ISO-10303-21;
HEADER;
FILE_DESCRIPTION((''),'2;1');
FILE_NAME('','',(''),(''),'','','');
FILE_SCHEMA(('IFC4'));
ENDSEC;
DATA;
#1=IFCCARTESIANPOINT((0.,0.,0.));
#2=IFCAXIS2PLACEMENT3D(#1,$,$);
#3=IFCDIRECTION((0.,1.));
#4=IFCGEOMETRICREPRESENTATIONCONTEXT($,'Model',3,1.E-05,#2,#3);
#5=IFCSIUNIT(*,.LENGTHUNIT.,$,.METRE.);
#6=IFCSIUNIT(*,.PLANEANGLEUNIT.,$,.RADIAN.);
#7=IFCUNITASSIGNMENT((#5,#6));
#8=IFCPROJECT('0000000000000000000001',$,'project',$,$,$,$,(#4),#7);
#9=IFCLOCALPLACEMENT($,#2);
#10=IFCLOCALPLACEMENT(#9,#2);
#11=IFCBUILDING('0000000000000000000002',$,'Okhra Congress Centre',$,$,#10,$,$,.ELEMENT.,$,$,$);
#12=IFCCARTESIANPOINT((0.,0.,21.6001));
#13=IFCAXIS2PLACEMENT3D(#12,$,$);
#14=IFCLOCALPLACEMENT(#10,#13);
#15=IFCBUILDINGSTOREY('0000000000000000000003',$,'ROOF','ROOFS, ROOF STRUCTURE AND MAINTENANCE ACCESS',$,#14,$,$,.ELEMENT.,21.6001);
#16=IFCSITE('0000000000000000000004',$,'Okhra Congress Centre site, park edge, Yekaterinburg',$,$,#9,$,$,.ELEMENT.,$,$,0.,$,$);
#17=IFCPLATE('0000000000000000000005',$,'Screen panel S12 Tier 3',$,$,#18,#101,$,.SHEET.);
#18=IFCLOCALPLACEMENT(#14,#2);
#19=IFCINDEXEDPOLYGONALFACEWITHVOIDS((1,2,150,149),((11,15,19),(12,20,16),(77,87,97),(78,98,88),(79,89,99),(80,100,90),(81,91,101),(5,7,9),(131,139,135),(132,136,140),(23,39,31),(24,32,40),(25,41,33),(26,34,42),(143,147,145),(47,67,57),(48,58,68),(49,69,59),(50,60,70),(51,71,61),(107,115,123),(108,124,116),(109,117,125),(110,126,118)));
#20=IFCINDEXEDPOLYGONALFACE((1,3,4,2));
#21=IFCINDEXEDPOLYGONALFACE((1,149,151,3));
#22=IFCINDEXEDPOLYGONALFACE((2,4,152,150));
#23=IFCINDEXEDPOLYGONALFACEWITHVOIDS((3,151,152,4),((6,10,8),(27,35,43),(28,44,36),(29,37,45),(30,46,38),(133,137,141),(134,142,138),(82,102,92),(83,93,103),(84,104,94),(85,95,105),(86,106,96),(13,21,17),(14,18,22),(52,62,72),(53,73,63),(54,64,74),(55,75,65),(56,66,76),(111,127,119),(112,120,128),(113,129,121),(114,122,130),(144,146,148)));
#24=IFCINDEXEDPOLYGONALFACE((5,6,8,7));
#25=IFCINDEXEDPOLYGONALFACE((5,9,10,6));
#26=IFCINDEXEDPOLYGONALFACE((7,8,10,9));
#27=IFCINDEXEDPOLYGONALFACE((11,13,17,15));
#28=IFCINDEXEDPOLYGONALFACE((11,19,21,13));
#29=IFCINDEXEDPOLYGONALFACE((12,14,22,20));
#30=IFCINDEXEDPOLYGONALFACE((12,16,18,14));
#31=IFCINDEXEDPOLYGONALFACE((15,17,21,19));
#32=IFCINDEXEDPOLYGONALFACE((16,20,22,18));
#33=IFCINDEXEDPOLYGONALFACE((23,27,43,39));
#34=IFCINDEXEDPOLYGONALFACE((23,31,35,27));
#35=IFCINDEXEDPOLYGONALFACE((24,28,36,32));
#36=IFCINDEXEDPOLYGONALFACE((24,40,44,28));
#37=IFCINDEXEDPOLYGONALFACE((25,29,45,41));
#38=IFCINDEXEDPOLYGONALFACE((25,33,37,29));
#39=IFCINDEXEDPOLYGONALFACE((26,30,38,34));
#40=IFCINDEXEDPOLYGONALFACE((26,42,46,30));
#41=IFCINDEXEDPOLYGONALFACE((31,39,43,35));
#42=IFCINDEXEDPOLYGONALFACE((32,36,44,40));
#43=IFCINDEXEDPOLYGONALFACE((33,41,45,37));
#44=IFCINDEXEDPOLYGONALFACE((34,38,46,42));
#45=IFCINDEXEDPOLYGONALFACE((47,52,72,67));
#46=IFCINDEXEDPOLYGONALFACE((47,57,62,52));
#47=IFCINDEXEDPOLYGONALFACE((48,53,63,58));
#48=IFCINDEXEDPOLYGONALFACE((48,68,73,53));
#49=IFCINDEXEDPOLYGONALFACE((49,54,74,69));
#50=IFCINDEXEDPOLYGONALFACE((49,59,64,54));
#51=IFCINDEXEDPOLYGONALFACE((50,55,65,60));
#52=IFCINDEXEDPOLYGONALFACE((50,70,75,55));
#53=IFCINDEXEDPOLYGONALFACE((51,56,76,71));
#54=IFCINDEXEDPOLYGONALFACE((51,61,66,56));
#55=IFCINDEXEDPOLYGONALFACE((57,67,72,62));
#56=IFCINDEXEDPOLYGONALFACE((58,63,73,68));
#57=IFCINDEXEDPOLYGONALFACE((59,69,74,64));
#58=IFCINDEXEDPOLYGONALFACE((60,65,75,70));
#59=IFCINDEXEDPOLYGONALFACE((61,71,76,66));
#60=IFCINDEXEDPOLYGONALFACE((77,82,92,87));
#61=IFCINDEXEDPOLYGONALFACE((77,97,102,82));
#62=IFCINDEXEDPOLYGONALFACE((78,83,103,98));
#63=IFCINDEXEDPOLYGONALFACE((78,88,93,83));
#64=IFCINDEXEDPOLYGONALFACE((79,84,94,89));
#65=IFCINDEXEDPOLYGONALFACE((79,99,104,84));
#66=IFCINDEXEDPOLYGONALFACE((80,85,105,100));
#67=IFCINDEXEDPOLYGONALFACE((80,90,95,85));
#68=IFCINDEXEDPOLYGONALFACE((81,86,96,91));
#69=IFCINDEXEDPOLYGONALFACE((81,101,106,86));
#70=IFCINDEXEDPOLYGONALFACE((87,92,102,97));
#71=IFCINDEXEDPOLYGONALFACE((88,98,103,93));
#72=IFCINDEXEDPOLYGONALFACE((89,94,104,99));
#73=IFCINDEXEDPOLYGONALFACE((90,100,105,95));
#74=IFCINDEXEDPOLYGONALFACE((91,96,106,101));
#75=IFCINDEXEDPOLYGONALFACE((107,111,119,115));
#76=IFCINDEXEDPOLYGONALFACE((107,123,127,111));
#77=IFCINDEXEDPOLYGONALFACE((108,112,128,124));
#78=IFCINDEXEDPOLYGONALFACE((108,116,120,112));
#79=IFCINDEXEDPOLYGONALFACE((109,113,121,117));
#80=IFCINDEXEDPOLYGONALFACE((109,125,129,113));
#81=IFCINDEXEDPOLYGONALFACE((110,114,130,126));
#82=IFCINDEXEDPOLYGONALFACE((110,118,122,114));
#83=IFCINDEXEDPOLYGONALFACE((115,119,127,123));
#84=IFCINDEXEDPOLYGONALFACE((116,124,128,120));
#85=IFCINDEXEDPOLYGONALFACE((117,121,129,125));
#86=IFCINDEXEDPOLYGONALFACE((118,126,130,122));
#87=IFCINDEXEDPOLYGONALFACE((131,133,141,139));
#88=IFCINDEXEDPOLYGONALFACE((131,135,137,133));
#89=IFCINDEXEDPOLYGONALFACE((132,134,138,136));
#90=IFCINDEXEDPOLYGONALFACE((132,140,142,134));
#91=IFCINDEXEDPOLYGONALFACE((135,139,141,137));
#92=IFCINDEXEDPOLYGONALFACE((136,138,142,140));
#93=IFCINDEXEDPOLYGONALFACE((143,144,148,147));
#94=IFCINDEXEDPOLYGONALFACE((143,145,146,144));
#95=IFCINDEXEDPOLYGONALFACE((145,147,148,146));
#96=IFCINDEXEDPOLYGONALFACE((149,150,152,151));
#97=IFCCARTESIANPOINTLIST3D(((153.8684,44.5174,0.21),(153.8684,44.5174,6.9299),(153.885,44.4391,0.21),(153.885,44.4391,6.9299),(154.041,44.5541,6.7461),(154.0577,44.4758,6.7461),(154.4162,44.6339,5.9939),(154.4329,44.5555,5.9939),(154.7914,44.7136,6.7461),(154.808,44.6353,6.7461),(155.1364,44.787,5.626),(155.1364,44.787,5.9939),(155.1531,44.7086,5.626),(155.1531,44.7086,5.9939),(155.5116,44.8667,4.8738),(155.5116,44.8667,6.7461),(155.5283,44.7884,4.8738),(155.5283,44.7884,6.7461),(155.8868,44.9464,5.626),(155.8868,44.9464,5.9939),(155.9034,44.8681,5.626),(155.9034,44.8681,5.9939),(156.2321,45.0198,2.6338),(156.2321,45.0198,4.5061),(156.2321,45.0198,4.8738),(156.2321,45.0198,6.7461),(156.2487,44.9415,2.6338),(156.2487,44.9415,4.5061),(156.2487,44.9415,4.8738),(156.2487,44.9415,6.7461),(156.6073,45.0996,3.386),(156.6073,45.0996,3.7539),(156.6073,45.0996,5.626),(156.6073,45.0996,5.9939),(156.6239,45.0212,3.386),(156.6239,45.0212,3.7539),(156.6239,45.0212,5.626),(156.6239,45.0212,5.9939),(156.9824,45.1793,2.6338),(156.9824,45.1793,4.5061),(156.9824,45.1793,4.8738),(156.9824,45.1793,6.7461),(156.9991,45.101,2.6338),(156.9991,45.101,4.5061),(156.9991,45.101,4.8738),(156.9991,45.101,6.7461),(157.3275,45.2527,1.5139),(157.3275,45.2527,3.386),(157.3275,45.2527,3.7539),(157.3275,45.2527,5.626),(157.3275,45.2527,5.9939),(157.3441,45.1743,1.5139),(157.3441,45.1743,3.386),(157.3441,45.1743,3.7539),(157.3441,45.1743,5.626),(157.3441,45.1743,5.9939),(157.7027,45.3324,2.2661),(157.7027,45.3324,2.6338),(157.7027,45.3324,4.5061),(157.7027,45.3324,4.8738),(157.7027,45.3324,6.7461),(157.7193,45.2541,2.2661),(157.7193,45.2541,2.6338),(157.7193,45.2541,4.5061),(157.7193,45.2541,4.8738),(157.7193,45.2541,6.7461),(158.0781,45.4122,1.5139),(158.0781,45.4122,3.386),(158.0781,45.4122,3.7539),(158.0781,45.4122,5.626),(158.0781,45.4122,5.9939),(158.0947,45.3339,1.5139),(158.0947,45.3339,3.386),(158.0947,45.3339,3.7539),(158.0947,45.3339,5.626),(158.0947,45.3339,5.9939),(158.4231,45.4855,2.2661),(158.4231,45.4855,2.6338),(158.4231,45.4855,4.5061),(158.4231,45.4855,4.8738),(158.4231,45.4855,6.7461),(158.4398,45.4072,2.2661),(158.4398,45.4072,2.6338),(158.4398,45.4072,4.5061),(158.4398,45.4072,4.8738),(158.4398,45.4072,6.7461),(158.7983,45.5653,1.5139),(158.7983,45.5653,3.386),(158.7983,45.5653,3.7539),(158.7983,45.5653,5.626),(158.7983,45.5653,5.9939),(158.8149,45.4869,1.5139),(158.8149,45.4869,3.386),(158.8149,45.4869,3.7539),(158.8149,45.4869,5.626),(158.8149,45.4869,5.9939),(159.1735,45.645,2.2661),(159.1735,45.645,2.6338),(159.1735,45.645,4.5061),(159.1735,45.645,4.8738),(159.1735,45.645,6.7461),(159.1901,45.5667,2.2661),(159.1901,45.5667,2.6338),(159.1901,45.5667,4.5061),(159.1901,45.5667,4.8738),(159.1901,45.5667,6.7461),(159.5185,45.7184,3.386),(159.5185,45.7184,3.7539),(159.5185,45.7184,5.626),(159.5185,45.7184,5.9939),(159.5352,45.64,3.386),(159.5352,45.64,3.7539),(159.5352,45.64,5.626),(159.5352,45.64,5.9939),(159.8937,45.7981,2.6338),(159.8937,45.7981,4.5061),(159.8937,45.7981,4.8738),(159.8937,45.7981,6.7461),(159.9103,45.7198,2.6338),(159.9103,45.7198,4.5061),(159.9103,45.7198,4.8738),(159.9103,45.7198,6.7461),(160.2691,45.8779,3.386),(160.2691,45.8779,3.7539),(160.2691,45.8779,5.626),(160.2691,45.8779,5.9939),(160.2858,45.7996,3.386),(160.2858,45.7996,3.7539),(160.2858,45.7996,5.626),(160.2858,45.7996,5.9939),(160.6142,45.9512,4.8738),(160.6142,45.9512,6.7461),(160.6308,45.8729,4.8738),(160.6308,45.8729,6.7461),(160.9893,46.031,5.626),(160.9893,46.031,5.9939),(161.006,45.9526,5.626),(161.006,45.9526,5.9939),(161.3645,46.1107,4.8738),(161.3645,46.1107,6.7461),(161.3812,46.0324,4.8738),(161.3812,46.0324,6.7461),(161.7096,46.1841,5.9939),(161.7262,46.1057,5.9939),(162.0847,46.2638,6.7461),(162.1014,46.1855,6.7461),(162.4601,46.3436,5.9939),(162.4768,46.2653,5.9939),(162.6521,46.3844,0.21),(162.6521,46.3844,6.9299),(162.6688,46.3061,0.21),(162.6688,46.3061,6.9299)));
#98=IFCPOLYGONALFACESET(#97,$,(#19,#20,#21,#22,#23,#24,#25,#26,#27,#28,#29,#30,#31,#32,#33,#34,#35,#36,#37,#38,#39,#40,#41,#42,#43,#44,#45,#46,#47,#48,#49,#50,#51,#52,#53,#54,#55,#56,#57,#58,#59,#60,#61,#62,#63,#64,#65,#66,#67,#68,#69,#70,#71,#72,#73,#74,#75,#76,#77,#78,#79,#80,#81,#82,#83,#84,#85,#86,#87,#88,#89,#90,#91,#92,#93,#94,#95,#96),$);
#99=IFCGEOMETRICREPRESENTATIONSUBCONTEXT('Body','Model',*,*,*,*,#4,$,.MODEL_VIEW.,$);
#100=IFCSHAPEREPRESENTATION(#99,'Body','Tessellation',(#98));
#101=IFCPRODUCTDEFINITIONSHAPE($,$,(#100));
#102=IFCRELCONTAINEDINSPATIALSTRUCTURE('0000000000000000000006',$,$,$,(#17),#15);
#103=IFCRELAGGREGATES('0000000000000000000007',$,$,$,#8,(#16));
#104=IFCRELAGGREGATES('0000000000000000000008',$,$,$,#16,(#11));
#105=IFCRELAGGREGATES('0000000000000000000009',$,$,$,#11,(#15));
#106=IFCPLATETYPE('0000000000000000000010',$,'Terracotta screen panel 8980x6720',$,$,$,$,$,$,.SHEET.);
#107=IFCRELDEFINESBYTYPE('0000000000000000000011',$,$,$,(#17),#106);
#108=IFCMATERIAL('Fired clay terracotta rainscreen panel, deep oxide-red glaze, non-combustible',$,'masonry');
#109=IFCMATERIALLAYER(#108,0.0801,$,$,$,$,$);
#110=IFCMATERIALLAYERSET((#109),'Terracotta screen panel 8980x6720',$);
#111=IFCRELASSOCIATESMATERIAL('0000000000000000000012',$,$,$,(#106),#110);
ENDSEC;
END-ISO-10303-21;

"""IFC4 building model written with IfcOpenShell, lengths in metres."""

from ifc_helpers import new_model, si_unit, direction, frame, origin, place, context, subcontext, project, spatial, polyline, outline, extrude, material, layer, layer_set, type_object, element, save


model = new_model("IFC4")

# Units and contexts
model_context = context("Model", 3, precision=1e-05, world=origin(), true_north=direction((0.0, 1.0)))
body_context = subcontext(model_context, "Body", "Model", "MODEL_VIEW")
ifc_project = project(units=[si_unit("LENGTHUNIT", "METRE"), si_unit("PLANEANGLEUNIT", "RADIAN")], contexts=[model_context])

# Site, building, storey
site_placement = place(None, origin())
site = spatial("IfcSite", under=ifc_project, at=site_placement, Name="Okhra Congress Centre site, park edge, Yekaterinburg", CompositionType="ELEMENT", RefElevation=0.0)
building_placement = place(site_placement, origin())
building = spatial("IfcBuilding", under=site, at=building_placement, Name="Okhra Congress Centre", CompositionType="ELEMENT")
storey_placement = place(building_placement, frame((0.0, 0.0, 21.6001)))
storey = spatial("IfcBuildingStorey", under=building, at=storey_placement, Name="ROOF", Description="ROOFS, ROOF STRUCTURE AND MAINTENANCE ACCESS", CompositionType="ELEMENT", Elevation=21.6001)

# Plate
ifc_material_1 = material(Name="Fired clay terracotta rainscreen panel, deep oxide-red glaze, non-combustible", Category="masonry")
ifc_layer_1 = layer(ifc_material_1, 0.0801)
ifc_layer_set_1 = layer_set([ifc_layer_1], Name="Terracotta screen panel 8980x6720")
plate_type_1 = type_object("IfcPlateType", Name="Terracotta screen panel 8980x6720", PredefinedType="SHEET", material=ifc_layer_set_1)
plate_1_placement = place(storey_placement, frame((153.8767, 44.4783, 0.21), z_axis=(0.0, 0.0, 1.0), x_axis=(0.97815, 0.207902, 0.0)))
element("IfcPlate", 1, at=plate_1_placement, inside=storey, type_object=plate_type_1, Name="Screen panel S12 Tier 3", PredefinedType="SHEET", context=body_context, shape_type="SweptSolid", body=[
    extrude(outline(polyline([(0.0, 0.0), (8.98, 0.0), (8.98, 6.72), (0.0, 6.72), (0.0, 0.0)]), holes=[polyline([(3.5364, 1.304), (4.3037, 1.304), (3.9199, 2.0562), (3.5364, 1.304)]), polyline([(4.6565, 2.0562), (5.04, 1.304), (5.4236, 2.0562), (4.6565, 2.0562)]), polyline([(2.4165, 2.4238), (3.1836, 2.4238), (2.8, 3.176), (2.4165, 2.4238)]), polyline([(3.5364, 3.176), (3.9199, 2.4238), (4.3037, 3.176), (3.5364, 3.176)]), polyline([(4.6565, 2.4238), (5.4236, 2.4238), (5.04, 3.176), (4.6565, 2.4238)]), polyline([(5.7764, 3.176), (6.1599, 2.4238), (6.5437, 3.176), (5.7764, 3.176)]), polyline([(2.4165, 4.2961), (2.8, 3.5439), (3.1836, 4.2961), (2.4165, 4.2961)]), polyline([(3.5364, 3.5439), (4.3037, 3.5439), (3.9199, 4.2961), (3.5364, 3.5439)]), polyline([(4.6565, 4.2961), (5.04, 3.5439), (5.4236, 4.2961), (4.6565, 4.2961)]), polyline([(5.7764, 3.5439), (6.5437, 3.5439), (6.1599, 4.2961), (5.7764, 3.5439)]), polyline([(1.2964, 5.416), (1.6799, 4.6638), (2.0635, 5.416), (1.2964, 5.416)]), polyline([(2.4165, 4.6638), (3.1836, 4.6638), (2.8, 5.416), (2.4165, 4.6638)]), polyline([(3.5364, 5.416), (3.9199, 4.6638), (4.3037, 5.416), (3.5364, 5.416)]), polyline([(4.6565, 4.6638), (5.4236, 4.6638), (5.04, 5.416), (4.6565, 4.6638)]), polyline([(5.7764, 5.416), (6.1599, 4.6638), (6.5437, 5.416), (5.7764, 5.416)]), polyline([(6.8965, 4.6638), (7.6636, 4.6638), (7.28, 5.416), (6.8965, 4.6638)]), polyline([(0.1765, 6.5361), (0.5601, 5.7839), (0.9436, 6.5361), (0.1765, 6.5361)]), polyline([(1.2964, 5.7839), (2.0635, 5.7839), (1.6799, 6.5361), (1.2964, 5.7839)]), polyline([(2.4165, 6.5361), (2.8, 5.7839), (3.1836, 6.5361), (2.4165, 6.5361)]), polyline([(3.5364, 5.7839), (4.3037, 5.7839), (3.9199, 6.5361), (3.5364, 5.7839)]), polyline([(4.6565, 6.5361), (5.04, 5.7839), (5.4236, 6.5361), (4.6565, 6.5361)]), polyline([(5.7764, 5.7839), (6.5437, 5.7839), (6.1599, 6.5361), (5.7764, 5.7839)]), polyline([(6.8965, 6.5361), (7.28, 5.7839), (7.6636, 6.5361), (6.8965, 6.5361)]), polyline([(8.0164, 5.7839), (8.7837, 5.7839), (8.3999, 6.5361), (8.0164, 5.7839)])]), frame((0.0, 0.04, 0.0), z_axis=(0.0, -1.0, 0.0), x_axis=(1.0, 0.0, 0.0)), (0.0, 0.0, 1.0), 0.0801),
])

save(model, "model.ifc")
